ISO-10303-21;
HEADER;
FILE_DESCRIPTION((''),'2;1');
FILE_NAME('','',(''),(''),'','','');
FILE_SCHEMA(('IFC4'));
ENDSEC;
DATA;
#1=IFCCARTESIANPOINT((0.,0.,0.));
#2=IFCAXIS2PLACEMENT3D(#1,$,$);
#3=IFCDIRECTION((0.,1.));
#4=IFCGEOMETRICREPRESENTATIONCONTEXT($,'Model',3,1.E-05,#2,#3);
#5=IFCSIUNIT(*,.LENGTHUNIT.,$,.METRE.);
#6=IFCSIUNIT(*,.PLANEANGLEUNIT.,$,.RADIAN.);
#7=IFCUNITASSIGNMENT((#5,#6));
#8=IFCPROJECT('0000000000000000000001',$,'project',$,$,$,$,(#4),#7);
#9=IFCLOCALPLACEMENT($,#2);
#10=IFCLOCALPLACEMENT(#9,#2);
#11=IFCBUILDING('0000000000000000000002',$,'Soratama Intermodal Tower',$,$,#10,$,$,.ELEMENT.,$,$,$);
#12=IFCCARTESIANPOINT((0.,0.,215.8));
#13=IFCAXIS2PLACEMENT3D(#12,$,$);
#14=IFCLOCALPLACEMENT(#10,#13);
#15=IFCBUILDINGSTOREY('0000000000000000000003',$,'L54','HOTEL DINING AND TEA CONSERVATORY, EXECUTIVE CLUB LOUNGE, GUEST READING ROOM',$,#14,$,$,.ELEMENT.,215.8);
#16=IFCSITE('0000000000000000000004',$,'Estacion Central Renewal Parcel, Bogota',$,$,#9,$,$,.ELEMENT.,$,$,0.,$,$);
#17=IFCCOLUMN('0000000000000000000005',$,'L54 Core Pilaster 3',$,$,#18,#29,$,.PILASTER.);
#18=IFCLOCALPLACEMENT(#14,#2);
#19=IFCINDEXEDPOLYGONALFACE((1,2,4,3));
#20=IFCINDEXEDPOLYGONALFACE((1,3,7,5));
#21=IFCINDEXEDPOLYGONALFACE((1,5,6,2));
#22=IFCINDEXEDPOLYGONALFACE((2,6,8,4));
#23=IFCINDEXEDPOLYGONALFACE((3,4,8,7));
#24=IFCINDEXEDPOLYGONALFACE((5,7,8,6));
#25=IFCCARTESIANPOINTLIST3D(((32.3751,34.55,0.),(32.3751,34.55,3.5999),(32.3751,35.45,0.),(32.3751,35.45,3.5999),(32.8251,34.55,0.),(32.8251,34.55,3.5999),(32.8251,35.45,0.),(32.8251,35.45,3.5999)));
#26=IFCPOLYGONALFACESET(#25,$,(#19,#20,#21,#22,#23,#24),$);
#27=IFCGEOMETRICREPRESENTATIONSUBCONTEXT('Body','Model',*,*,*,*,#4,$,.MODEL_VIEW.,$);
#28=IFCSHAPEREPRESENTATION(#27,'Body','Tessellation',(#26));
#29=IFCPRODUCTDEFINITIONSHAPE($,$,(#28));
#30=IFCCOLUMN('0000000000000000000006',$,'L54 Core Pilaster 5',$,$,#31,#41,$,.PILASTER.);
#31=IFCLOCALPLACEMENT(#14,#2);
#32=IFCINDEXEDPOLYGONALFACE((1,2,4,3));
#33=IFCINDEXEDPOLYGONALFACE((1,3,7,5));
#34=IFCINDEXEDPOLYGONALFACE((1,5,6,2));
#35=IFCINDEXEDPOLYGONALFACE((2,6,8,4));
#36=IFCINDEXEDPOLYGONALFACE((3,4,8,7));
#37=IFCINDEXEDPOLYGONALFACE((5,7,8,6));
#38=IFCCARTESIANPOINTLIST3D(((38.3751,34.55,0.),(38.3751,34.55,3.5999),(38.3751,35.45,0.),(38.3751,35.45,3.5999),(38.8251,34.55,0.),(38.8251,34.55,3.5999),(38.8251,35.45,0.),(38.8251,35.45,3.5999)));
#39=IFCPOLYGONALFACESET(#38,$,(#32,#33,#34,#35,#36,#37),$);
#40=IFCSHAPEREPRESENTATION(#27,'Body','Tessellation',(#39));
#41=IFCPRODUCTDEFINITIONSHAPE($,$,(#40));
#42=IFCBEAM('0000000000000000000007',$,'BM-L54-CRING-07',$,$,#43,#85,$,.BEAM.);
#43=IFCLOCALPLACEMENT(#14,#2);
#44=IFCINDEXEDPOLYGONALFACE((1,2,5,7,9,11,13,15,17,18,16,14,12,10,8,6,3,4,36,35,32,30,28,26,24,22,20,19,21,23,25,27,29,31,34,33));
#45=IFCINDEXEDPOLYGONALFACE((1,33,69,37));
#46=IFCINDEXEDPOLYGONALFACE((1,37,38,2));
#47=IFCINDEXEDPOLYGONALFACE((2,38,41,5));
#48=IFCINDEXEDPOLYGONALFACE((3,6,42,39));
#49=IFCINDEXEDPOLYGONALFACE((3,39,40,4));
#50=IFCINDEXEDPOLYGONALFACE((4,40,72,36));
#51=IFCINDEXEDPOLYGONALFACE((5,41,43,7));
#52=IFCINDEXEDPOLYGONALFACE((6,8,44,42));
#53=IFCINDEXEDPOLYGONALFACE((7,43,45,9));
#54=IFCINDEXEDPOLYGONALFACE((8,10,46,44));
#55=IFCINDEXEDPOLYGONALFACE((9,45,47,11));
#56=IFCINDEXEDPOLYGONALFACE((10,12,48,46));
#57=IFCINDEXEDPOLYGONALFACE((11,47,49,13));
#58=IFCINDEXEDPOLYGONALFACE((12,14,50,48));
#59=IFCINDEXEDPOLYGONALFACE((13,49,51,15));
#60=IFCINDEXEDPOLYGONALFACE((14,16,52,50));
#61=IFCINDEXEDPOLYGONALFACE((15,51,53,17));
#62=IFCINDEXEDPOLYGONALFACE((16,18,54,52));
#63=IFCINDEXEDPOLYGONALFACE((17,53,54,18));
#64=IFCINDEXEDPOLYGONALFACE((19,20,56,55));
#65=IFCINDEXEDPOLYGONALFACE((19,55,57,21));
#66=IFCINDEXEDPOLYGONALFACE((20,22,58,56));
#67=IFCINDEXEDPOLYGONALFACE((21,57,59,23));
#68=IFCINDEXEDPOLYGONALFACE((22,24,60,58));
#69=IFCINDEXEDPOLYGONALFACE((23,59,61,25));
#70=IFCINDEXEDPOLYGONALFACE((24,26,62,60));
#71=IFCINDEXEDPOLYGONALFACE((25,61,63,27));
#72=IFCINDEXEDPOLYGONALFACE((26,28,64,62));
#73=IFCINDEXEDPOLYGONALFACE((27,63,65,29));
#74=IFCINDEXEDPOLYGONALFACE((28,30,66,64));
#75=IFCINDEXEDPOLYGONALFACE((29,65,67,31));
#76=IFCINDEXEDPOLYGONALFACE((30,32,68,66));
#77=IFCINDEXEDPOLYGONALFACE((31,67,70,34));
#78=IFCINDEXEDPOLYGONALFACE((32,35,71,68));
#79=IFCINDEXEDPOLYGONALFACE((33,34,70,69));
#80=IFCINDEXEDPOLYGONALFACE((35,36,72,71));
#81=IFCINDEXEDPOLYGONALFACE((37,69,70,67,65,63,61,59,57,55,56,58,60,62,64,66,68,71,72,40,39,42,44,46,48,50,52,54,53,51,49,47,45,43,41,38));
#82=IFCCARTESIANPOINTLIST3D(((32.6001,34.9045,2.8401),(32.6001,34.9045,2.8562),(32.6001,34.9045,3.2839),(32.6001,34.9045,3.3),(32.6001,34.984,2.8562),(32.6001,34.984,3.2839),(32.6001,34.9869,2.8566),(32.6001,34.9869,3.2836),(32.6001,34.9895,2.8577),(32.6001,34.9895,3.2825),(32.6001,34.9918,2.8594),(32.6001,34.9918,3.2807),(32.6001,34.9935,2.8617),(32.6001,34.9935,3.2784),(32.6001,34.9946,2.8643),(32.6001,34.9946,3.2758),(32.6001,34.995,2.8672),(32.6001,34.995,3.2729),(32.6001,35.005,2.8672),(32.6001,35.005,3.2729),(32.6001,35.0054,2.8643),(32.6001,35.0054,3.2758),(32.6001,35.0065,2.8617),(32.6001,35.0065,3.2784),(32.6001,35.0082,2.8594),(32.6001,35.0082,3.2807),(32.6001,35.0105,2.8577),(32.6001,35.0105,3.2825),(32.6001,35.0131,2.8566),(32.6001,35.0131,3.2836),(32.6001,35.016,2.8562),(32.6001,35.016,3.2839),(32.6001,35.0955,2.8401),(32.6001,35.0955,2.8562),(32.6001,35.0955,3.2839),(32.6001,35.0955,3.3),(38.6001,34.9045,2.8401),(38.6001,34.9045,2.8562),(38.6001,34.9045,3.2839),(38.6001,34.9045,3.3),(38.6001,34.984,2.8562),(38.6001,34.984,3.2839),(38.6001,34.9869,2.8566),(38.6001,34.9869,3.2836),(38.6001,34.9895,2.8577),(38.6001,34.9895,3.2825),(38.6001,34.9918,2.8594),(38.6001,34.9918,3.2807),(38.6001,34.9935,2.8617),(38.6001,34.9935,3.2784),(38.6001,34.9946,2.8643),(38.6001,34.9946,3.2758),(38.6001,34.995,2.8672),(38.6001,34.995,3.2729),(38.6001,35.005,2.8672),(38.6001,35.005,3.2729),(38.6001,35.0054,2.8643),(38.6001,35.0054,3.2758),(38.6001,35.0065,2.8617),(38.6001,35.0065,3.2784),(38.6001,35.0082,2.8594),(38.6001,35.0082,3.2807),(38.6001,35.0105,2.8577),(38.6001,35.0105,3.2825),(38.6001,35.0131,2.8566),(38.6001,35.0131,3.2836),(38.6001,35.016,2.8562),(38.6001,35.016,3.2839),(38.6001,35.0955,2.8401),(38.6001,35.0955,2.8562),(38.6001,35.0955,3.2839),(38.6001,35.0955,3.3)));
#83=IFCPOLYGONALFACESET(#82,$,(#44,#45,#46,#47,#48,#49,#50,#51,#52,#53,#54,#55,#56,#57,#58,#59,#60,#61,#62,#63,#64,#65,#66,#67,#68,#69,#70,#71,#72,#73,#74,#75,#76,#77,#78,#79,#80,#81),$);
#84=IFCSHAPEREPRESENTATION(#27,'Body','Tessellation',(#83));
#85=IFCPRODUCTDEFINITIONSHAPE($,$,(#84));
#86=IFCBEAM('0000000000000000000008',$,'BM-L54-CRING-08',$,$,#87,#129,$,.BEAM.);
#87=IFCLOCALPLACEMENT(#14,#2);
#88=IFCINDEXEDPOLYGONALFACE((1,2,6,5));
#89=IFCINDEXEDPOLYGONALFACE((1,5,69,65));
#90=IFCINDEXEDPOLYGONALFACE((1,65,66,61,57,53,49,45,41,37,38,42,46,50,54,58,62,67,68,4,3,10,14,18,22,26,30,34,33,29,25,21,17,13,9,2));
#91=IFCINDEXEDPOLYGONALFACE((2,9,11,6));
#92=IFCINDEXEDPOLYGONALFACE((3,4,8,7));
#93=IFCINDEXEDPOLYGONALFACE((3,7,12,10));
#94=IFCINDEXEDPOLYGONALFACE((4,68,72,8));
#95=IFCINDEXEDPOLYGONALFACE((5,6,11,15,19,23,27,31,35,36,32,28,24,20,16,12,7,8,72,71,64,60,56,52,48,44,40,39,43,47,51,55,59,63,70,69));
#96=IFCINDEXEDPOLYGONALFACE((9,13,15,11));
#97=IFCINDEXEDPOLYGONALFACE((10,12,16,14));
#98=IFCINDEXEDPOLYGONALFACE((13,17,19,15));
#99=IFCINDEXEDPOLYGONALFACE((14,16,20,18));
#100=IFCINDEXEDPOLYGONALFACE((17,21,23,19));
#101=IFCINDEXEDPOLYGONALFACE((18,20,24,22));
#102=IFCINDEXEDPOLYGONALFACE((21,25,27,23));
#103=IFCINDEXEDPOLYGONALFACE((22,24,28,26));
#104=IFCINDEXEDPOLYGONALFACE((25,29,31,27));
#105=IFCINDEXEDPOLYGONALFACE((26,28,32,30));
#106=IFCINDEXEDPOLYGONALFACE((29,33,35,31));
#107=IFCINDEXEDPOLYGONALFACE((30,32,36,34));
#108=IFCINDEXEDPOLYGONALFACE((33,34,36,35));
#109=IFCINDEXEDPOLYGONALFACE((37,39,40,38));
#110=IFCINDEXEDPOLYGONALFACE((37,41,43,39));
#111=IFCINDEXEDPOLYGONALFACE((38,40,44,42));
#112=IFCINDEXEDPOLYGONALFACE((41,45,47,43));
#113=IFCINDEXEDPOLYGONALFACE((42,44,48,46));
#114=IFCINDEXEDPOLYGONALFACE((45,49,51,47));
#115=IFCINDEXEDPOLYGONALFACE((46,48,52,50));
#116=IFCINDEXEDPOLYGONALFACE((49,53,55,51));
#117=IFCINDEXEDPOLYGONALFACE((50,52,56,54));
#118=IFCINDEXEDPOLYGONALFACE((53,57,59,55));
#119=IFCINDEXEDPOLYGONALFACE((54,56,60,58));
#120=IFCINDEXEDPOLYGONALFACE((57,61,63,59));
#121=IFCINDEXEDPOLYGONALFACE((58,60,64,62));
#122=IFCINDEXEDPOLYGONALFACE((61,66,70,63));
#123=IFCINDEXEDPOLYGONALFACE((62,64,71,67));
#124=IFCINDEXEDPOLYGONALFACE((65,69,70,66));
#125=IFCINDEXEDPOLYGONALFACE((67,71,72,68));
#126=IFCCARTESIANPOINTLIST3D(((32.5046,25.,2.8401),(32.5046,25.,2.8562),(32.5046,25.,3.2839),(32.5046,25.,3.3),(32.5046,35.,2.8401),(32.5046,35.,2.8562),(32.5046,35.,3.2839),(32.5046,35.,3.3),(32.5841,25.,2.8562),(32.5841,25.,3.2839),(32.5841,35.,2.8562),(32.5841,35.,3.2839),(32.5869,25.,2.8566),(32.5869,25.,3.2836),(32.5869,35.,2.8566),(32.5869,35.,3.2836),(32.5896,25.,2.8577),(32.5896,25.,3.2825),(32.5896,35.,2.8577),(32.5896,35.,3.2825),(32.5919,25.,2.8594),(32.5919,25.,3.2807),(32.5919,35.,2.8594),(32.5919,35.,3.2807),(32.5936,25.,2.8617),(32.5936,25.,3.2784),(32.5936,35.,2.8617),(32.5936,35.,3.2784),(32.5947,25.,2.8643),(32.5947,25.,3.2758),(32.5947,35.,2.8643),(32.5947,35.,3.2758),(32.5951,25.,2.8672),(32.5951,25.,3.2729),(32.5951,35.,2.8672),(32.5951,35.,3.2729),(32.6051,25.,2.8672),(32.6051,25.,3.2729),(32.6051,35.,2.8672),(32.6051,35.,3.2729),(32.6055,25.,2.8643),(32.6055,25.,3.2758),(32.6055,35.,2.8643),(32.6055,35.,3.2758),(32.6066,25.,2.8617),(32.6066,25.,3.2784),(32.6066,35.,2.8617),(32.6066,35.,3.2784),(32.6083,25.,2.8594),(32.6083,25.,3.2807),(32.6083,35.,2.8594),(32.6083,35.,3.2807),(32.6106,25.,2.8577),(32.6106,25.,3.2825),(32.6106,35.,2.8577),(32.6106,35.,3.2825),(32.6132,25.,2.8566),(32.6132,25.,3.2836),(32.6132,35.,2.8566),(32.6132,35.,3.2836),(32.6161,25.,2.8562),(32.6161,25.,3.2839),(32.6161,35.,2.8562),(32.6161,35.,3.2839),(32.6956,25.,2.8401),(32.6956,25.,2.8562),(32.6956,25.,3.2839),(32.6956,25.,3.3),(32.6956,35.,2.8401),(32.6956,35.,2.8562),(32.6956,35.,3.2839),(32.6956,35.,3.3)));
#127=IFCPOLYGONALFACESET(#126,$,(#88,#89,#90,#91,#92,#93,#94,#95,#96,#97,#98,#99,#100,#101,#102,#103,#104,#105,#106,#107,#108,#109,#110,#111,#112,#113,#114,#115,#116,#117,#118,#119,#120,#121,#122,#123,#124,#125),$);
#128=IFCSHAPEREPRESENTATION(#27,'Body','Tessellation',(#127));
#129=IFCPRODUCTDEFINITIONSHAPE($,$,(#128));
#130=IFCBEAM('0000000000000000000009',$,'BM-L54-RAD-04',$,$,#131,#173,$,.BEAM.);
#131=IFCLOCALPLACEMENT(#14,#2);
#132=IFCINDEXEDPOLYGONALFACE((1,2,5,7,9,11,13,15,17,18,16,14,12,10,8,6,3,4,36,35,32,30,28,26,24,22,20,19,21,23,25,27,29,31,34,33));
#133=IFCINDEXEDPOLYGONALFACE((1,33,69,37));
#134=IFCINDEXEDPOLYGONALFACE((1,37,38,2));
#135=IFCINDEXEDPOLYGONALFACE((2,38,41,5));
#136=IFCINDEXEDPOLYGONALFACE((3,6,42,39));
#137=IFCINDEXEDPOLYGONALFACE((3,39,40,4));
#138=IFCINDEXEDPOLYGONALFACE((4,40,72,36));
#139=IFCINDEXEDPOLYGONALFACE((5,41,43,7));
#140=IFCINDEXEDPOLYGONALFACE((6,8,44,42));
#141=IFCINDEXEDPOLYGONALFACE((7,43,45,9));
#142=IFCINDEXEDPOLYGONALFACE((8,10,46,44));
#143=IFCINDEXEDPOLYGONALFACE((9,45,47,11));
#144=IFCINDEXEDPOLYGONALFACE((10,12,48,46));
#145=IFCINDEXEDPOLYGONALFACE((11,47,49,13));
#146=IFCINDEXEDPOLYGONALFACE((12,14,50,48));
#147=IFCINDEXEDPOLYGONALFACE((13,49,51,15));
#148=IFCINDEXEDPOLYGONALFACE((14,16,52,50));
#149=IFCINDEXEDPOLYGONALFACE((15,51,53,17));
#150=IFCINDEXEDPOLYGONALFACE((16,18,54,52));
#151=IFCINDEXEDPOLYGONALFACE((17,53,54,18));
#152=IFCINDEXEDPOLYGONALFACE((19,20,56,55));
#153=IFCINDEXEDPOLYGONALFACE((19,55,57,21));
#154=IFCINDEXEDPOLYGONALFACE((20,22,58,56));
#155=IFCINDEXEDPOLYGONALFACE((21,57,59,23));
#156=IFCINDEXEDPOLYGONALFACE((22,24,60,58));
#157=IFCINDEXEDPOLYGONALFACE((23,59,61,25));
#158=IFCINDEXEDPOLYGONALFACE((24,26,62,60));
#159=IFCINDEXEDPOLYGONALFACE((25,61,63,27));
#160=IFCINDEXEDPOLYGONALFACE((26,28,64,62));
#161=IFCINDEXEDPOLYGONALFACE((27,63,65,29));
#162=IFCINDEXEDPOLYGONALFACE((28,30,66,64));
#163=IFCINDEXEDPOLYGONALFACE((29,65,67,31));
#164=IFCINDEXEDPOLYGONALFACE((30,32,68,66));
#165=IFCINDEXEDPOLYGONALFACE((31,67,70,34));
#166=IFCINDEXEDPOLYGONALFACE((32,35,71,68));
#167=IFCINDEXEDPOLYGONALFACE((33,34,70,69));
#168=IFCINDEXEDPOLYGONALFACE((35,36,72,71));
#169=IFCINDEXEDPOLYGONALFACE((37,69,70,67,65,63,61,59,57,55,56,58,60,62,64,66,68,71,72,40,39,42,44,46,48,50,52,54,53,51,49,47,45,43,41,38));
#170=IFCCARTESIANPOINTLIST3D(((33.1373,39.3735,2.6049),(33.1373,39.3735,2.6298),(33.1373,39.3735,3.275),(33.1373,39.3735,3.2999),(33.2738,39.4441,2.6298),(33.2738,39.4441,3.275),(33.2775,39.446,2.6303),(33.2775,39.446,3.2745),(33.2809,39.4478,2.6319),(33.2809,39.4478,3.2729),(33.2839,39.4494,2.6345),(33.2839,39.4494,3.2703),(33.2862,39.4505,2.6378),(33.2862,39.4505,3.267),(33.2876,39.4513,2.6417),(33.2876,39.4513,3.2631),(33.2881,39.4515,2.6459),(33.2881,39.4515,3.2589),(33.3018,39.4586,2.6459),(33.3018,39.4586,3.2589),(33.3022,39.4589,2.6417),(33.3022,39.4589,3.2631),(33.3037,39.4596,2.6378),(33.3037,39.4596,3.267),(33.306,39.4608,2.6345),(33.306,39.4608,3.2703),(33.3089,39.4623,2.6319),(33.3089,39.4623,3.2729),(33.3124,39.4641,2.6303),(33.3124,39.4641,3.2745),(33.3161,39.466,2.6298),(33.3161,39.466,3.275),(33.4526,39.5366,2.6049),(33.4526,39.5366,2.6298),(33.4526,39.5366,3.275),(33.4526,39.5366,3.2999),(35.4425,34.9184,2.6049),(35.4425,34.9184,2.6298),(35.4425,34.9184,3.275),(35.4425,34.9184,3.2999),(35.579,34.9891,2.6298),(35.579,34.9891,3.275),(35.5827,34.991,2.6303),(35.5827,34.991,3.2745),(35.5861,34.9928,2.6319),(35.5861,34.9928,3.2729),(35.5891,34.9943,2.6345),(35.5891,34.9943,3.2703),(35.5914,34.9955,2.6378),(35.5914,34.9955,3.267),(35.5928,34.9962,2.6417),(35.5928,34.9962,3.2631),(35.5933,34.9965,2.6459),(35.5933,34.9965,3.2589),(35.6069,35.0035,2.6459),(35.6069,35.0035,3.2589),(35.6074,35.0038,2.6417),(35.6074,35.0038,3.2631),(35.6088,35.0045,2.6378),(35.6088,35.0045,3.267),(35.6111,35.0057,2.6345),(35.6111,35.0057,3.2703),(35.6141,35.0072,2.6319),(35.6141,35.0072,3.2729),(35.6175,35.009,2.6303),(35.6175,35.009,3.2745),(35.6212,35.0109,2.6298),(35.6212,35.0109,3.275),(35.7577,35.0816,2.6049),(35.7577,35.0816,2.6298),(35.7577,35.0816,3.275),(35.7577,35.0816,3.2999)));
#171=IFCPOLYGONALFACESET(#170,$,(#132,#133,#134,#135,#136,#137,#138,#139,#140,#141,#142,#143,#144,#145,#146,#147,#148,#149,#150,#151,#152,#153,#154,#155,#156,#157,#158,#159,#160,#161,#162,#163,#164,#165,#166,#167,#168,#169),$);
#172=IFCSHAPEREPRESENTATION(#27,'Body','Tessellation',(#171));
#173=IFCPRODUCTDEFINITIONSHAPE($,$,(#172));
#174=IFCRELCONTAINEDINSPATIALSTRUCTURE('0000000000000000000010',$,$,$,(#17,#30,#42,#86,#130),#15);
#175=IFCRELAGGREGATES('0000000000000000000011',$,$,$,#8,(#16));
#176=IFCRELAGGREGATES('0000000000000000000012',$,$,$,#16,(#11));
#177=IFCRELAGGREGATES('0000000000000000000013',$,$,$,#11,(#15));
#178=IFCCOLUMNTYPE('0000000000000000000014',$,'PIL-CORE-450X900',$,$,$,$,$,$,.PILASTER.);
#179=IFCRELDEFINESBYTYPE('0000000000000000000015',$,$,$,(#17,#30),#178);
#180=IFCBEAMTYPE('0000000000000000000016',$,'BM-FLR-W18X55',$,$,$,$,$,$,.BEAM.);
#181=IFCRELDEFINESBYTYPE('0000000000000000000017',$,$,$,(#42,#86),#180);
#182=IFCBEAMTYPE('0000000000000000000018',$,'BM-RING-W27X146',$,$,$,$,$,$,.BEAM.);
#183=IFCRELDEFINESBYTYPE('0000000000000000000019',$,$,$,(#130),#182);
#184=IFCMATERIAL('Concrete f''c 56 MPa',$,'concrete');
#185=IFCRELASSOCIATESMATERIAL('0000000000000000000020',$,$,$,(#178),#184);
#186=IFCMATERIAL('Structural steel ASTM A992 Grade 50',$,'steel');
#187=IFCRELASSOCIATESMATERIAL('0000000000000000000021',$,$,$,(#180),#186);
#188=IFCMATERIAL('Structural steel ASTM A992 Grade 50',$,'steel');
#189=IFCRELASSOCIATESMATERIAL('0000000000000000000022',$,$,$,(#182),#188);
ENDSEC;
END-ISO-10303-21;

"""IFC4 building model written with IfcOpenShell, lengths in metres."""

from ifc_helpers import new_model, si_unit, direction, frame, origin, origin_2d, place, context, subcontext, project, spatial, rectangle, i_section, extrude, material, material_profile, profile_set, type_object, element, save


model = new_model("IFC4")

# Units and contexts
model_context = context("Model", 3, precision=1e-05, world=origin(), true_north=direction((0.0, 1.0)))
body_context = subcontext(model_context, "Body", "Model", "MODEL_VIEW")
ifc_project = project(units=[si_unit("LENGTHUNIT", "METRE"), si_unit("PLANEANGLEUNIT", "RADIAN")], contexts=[model_context])

# Site, building, storey
site_placement = place(None, origin())
site = spatial("IfcSite", under=ifc_project, at=site_placement, Name="Estacion Central Renewal Parcel, Bogota", CompositionType="ELEMENT", RefElevation=0.0)
building_placement = place(site_placement, origin())
building = spatial("IfcBuilding", under=site, at=building_placement, Name="Soratama Intermodal Tower", CompositionType="ELEMENT")
storey_placement = place(building_placement, frame((0.0, 0.0, 215.8)))
storey = spatial("IfcBuildingStorey", under=building, at=storey_placement, Name="L54", Description="HOTEL DINING AND TEA CONSERVATORY, EXECUTIVE CLUB LOUNGE, GUEST READING ROOM", CompositionType="ELEMENT", Elevation=215.8)

# Columns
ifc_material_1 = material(Name="Concrete f'c 56 MPa", Category="concrete")
ifc_material_profile_1 = material_profile(ifc_material_1, rectangle(XDim=0.45, YDim=0.8999, at=origin_2d()), Name="RC450X900")
ifc_profile_set_1 = profile_set([ifc_material_profile_1], Name="Concrete f'c 56 MPa")
column_type = type_object("IfcColumnType", Name="PIL-CORE-450X900", PredefinedType="PILASTER", material=ifc_profile_set_1)
for number, where, z_axis, x_axis, name in (
    (1, (32.6001, 35.0, 0.0), (0.0, 0.0, 1.0), (1.0, 0.0, 0.0), "L54 Core Pilaster 3"),
    (2, (38.6001, 35.0, 0.0), (0.0, 0.0, 1.0), (1.0, 0.0, 0.0), "L54 Core Pilaster 5"),
):
    element("IfcColumn", number, at=place(storey_placement, frame(where, z_axis=z_axis, x_axis=x_axis)), inside=storey, type_object=column_type, Name=name, PredefinedType="PILASTER", context=body_context, shape_type="SweptSolid", body=[
        extrude(rectangle(XDim=0.45, YDim=0.8999, at=origin_2d()), origin(), (0.0, 0.0, 1.0), 3.5999),
    ])

# Beams
ifc_material_2 = material(Name="Structural steel ASTM A992 Grade 50", Category="steel")
ifc_material_profile_2 = material_profile(ifc_material_2, i_section(OverallWidth=0.1909, OverallDepth=0.46, WebThickness=0.01, FlangeThickness=0.0161, FilletRadius=0.011, at=origin_2d()), Name="W18X55")
ifc_profile_set_2 = profile_set([ifc_material_profile_2], Name="Structural steel ASTM A992 Grade 50")
beam_type_1 = type_object("IfcBeamType", Name="BM-FLR-W18X55", PredefinedType="BEAM", material=ifc_profile_set_2)
beam_1_placement = place(storey_placement, frame((38.6001, 35.0, 3.0701), z_axis=(-1.0, 0.0, 0.0), x_axis=(0.0, -1.0, 0.0)))
element("IfcBeam", 3, at=beam_1_placement, inside=storey, type_object=beam_type_1, Name="BM-L54-CRING-07", PredefinedType="BEAM", context=body_context, shape_type="SweptSolid", body=[
    extrude(i_section(OverallWidth=0.1909, OverallDepth=0.46, WebThickness=0.01, FlangeThickness=0.0161, FilletRadius=0.011, at=origin_2d()), origin(), (0.0, 0.0, 1.0), 6.0),
])
beam_2_placement = place(storey_placement, frame((32.6001, 35.0, 3.0701), z_axis=(0.0, -1.0, 0.0), x_axis=(1.0, 0.0, 0.0)))
element("IfcBeam", 4, at=beam_2_placement, inside=storey, type_object=beam_type_1, Name="BM-L54-CRING-08", PredefinedType="BEAM", context=body_context, shape_type="SweptSolid", body=[
    extrude(i_section(OverallWidth=0.1909, OverallDepth=0.46, WebThickness=0.01, FlangeThickness=0.0161, FilletRadius=0.011, at=origin_2d()), origin(), (0.0, 0.0, 1.0), 10.0),
])
ifc_material_3 = material(Name="Structural steel ASTM A992 Grade 50", Category="steel")
ifc_material_profile_3 = material_profile(ifc_material_3, i_section(OverallWidth=0.355, OverallDepth=0.6951, WebThickness=0.0154, FlangeThickness=0.0249, FilletRadius=0.0161, at=origin_2d()), Name="W27X146")
ifc_profile_set_3 = profile_set([ifc_material_profile_3], Name="Structural steel ASTM A992 Grade 50")
beam_type_2 = type_object("IfcBeamType", Name="BM-RING-W27X146", PredefinedType="BEAM", material=ifc_profile_set_3)
beam_3_placement = place(storey_placement, frame((35.6001, 35.0, 2.9524), z_axis=(-0.459553, 0.888151, 0.0), x_axis=(-0.888151, -0.459553, 0.0)))
element("IfcBeam", 5, at=beam_3_placement, inside=storey, type_object=beam_type_2, Name="BM-L54-RAD-04", PredefinedType="BEAM", context=body_context, shape_type="SweptSolid", body=[
    extrude(i_section(OverallWidth=0.355, OverallDepth=0.6951, WebThickness=0.0154, FlangeThickness=0.0249, FilletRadius=0.0161, at=origin_2d()), origin(), (0.0, 0.0, 1.0), 5.0161),
])

save(model, "model.ifc")
